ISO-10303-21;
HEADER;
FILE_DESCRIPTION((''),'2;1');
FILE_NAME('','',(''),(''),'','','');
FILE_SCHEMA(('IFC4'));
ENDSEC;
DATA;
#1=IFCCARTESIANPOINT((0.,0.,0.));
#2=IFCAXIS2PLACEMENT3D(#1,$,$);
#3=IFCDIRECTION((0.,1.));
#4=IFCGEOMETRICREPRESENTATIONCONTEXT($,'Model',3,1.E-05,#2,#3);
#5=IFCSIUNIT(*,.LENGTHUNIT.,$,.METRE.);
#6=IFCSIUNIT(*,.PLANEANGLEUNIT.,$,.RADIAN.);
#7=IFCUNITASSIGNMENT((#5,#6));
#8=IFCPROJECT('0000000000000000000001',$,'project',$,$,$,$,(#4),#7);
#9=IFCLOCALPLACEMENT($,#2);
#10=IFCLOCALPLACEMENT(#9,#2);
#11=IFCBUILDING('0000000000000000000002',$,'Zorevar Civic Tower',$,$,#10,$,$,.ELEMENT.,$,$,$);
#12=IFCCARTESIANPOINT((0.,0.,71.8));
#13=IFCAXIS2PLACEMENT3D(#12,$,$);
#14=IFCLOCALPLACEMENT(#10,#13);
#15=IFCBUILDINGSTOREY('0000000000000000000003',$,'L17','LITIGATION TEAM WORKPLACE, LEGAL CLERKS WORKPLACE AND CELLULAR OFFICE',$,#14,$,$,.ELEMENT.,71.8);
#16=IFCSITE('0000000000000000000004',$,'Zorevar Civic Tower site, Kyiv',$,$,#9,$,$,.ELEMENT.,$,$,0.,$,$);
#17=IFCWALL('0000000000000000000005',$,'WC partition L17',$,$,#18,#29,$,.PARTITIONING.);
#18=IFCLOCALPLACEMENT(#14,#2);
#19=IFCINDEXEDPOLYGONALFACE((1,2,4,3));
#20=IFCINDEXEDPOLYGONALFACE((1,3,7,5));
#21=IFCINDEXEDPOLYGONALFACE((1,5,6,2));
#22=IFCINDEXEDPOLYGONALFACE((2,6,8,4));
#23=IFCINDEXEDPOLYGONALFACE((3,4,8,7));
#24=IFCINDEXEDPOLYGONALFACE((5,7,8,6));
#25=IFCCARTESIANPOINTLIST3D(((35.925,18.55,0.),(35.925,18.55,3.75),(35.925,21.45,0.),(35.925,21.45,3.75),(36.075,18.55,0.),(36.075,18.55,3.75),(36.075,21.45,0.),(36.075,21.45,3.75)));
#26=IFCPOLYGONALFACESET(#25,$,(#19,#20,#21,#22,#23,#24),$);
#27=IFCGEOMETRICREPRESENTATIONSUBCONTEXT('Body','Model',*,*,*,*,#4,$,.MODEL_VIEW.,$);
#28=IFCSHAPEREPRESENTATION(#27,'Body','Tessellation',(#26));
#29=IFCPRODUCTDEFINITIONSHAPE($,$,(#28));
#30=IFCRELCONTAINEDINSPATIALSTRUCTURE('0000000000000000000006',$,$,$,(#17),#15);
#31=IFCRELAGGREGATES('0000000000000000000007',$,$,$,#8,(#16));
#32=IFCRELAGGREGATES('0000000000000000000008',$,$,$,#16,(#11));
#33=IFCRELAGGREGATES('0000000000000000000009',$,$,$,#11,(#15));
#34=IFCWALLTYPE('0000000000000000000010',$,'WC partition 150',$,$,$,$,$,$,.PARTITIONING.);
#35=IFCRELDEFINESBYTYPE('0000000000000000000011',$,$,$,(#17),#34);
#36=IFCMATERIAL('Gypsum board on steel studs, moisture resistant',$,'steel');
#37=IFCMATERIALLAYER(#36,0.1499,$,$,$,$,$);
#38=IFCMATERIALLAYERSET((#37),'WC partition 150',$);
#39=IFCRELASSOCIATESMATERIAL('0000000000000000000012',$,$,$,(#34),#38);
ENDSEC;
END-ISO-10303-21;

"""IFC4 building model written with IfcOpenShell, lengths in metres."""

from ifc_helpers import new_model, si_unit, direction, frame, frame_2d, origin, place, context, subcontext, project, spatial, rectangle, extrude, material, layer, layer_set, type_object, element, save


model = new_model("IFC4")

# Units and contexts
model_context = context("Model", 3, precision=1e-05, world=origin(), true_north=direction((0.0, 1.0)))
body_context = subcontext(model_context, "Body", "Model", "MODEL_VIEW")
ifc_project = project(units=[si_unit("LENGTHUNIT", "METRE"), si_unit("PLANEANGLEUNIT", "RADIAN")], contexts=[model_context])

# Site, building, storey
site_placement = place(None, origin())
site = spatial("IfcSite", under=ifc_project, at=site_placement, Name="Zorevar Civic Tower site, Kyiv", CompositionType="ELEMENT", RefElevation=0.0)
building_placement = place(site_placement, origin())
building = spatial("IfcBuilding", under=site, at=building_placement, Name="Zorevar Civic Tower", CompositionType="ELEMENT")
storey_placement = place(building_placement, frame((0.0, 0.0, 71.8)))
storey = spatial("IfcBuildingStorey", under=building, at=storey_placement, Name="L17", Description="LITIGATION TEAM WORKPLACE, LEGAL CLERKS WORKPLACE AND CELLULAR OFFICE", CompositionType="ELEMENT", Elevation=71.8)

# Wall
ifc_material_1 = material(Name="Gypsum board on steel studs, moisture resistant", Category="steel")
ifc_layer_1 = layer(ifc_material_1, 0.1499)
ifc_layer_set_1 = layer_set([ifc_layer_1], Name="WC partition 150")
wall_type_1 = type_object("IfcWallType", Name="WC partition 150", PredefinedType="PARTITIONING", material=ifc_layer_set_1)
for number, where, z_axis, x_axis, name in (
    (1, (36.0, 18.55, 0.0), (0.0, 0.0, 1.0), (0.0, 1.0, 0.0), "WC partition L17"),
):
    element("IfcWall", number, at=place(storey_placement, frame(where, z_axis=z_axis, x_axis=x_axis)), inside=storey, type_object=wall_type_1, Name=name, PredefinedType="PARTITIONING", context=body_context, shape_type="SweptSolid", body=[
        extrude(rectangle(XDim=2.8999, YDim=0.1499, at=frame_2d((1.45, 0.0))), origin(), (0.0, 0.0, 1.0), 3.75),
    ])

save(model, "model.ifc")
